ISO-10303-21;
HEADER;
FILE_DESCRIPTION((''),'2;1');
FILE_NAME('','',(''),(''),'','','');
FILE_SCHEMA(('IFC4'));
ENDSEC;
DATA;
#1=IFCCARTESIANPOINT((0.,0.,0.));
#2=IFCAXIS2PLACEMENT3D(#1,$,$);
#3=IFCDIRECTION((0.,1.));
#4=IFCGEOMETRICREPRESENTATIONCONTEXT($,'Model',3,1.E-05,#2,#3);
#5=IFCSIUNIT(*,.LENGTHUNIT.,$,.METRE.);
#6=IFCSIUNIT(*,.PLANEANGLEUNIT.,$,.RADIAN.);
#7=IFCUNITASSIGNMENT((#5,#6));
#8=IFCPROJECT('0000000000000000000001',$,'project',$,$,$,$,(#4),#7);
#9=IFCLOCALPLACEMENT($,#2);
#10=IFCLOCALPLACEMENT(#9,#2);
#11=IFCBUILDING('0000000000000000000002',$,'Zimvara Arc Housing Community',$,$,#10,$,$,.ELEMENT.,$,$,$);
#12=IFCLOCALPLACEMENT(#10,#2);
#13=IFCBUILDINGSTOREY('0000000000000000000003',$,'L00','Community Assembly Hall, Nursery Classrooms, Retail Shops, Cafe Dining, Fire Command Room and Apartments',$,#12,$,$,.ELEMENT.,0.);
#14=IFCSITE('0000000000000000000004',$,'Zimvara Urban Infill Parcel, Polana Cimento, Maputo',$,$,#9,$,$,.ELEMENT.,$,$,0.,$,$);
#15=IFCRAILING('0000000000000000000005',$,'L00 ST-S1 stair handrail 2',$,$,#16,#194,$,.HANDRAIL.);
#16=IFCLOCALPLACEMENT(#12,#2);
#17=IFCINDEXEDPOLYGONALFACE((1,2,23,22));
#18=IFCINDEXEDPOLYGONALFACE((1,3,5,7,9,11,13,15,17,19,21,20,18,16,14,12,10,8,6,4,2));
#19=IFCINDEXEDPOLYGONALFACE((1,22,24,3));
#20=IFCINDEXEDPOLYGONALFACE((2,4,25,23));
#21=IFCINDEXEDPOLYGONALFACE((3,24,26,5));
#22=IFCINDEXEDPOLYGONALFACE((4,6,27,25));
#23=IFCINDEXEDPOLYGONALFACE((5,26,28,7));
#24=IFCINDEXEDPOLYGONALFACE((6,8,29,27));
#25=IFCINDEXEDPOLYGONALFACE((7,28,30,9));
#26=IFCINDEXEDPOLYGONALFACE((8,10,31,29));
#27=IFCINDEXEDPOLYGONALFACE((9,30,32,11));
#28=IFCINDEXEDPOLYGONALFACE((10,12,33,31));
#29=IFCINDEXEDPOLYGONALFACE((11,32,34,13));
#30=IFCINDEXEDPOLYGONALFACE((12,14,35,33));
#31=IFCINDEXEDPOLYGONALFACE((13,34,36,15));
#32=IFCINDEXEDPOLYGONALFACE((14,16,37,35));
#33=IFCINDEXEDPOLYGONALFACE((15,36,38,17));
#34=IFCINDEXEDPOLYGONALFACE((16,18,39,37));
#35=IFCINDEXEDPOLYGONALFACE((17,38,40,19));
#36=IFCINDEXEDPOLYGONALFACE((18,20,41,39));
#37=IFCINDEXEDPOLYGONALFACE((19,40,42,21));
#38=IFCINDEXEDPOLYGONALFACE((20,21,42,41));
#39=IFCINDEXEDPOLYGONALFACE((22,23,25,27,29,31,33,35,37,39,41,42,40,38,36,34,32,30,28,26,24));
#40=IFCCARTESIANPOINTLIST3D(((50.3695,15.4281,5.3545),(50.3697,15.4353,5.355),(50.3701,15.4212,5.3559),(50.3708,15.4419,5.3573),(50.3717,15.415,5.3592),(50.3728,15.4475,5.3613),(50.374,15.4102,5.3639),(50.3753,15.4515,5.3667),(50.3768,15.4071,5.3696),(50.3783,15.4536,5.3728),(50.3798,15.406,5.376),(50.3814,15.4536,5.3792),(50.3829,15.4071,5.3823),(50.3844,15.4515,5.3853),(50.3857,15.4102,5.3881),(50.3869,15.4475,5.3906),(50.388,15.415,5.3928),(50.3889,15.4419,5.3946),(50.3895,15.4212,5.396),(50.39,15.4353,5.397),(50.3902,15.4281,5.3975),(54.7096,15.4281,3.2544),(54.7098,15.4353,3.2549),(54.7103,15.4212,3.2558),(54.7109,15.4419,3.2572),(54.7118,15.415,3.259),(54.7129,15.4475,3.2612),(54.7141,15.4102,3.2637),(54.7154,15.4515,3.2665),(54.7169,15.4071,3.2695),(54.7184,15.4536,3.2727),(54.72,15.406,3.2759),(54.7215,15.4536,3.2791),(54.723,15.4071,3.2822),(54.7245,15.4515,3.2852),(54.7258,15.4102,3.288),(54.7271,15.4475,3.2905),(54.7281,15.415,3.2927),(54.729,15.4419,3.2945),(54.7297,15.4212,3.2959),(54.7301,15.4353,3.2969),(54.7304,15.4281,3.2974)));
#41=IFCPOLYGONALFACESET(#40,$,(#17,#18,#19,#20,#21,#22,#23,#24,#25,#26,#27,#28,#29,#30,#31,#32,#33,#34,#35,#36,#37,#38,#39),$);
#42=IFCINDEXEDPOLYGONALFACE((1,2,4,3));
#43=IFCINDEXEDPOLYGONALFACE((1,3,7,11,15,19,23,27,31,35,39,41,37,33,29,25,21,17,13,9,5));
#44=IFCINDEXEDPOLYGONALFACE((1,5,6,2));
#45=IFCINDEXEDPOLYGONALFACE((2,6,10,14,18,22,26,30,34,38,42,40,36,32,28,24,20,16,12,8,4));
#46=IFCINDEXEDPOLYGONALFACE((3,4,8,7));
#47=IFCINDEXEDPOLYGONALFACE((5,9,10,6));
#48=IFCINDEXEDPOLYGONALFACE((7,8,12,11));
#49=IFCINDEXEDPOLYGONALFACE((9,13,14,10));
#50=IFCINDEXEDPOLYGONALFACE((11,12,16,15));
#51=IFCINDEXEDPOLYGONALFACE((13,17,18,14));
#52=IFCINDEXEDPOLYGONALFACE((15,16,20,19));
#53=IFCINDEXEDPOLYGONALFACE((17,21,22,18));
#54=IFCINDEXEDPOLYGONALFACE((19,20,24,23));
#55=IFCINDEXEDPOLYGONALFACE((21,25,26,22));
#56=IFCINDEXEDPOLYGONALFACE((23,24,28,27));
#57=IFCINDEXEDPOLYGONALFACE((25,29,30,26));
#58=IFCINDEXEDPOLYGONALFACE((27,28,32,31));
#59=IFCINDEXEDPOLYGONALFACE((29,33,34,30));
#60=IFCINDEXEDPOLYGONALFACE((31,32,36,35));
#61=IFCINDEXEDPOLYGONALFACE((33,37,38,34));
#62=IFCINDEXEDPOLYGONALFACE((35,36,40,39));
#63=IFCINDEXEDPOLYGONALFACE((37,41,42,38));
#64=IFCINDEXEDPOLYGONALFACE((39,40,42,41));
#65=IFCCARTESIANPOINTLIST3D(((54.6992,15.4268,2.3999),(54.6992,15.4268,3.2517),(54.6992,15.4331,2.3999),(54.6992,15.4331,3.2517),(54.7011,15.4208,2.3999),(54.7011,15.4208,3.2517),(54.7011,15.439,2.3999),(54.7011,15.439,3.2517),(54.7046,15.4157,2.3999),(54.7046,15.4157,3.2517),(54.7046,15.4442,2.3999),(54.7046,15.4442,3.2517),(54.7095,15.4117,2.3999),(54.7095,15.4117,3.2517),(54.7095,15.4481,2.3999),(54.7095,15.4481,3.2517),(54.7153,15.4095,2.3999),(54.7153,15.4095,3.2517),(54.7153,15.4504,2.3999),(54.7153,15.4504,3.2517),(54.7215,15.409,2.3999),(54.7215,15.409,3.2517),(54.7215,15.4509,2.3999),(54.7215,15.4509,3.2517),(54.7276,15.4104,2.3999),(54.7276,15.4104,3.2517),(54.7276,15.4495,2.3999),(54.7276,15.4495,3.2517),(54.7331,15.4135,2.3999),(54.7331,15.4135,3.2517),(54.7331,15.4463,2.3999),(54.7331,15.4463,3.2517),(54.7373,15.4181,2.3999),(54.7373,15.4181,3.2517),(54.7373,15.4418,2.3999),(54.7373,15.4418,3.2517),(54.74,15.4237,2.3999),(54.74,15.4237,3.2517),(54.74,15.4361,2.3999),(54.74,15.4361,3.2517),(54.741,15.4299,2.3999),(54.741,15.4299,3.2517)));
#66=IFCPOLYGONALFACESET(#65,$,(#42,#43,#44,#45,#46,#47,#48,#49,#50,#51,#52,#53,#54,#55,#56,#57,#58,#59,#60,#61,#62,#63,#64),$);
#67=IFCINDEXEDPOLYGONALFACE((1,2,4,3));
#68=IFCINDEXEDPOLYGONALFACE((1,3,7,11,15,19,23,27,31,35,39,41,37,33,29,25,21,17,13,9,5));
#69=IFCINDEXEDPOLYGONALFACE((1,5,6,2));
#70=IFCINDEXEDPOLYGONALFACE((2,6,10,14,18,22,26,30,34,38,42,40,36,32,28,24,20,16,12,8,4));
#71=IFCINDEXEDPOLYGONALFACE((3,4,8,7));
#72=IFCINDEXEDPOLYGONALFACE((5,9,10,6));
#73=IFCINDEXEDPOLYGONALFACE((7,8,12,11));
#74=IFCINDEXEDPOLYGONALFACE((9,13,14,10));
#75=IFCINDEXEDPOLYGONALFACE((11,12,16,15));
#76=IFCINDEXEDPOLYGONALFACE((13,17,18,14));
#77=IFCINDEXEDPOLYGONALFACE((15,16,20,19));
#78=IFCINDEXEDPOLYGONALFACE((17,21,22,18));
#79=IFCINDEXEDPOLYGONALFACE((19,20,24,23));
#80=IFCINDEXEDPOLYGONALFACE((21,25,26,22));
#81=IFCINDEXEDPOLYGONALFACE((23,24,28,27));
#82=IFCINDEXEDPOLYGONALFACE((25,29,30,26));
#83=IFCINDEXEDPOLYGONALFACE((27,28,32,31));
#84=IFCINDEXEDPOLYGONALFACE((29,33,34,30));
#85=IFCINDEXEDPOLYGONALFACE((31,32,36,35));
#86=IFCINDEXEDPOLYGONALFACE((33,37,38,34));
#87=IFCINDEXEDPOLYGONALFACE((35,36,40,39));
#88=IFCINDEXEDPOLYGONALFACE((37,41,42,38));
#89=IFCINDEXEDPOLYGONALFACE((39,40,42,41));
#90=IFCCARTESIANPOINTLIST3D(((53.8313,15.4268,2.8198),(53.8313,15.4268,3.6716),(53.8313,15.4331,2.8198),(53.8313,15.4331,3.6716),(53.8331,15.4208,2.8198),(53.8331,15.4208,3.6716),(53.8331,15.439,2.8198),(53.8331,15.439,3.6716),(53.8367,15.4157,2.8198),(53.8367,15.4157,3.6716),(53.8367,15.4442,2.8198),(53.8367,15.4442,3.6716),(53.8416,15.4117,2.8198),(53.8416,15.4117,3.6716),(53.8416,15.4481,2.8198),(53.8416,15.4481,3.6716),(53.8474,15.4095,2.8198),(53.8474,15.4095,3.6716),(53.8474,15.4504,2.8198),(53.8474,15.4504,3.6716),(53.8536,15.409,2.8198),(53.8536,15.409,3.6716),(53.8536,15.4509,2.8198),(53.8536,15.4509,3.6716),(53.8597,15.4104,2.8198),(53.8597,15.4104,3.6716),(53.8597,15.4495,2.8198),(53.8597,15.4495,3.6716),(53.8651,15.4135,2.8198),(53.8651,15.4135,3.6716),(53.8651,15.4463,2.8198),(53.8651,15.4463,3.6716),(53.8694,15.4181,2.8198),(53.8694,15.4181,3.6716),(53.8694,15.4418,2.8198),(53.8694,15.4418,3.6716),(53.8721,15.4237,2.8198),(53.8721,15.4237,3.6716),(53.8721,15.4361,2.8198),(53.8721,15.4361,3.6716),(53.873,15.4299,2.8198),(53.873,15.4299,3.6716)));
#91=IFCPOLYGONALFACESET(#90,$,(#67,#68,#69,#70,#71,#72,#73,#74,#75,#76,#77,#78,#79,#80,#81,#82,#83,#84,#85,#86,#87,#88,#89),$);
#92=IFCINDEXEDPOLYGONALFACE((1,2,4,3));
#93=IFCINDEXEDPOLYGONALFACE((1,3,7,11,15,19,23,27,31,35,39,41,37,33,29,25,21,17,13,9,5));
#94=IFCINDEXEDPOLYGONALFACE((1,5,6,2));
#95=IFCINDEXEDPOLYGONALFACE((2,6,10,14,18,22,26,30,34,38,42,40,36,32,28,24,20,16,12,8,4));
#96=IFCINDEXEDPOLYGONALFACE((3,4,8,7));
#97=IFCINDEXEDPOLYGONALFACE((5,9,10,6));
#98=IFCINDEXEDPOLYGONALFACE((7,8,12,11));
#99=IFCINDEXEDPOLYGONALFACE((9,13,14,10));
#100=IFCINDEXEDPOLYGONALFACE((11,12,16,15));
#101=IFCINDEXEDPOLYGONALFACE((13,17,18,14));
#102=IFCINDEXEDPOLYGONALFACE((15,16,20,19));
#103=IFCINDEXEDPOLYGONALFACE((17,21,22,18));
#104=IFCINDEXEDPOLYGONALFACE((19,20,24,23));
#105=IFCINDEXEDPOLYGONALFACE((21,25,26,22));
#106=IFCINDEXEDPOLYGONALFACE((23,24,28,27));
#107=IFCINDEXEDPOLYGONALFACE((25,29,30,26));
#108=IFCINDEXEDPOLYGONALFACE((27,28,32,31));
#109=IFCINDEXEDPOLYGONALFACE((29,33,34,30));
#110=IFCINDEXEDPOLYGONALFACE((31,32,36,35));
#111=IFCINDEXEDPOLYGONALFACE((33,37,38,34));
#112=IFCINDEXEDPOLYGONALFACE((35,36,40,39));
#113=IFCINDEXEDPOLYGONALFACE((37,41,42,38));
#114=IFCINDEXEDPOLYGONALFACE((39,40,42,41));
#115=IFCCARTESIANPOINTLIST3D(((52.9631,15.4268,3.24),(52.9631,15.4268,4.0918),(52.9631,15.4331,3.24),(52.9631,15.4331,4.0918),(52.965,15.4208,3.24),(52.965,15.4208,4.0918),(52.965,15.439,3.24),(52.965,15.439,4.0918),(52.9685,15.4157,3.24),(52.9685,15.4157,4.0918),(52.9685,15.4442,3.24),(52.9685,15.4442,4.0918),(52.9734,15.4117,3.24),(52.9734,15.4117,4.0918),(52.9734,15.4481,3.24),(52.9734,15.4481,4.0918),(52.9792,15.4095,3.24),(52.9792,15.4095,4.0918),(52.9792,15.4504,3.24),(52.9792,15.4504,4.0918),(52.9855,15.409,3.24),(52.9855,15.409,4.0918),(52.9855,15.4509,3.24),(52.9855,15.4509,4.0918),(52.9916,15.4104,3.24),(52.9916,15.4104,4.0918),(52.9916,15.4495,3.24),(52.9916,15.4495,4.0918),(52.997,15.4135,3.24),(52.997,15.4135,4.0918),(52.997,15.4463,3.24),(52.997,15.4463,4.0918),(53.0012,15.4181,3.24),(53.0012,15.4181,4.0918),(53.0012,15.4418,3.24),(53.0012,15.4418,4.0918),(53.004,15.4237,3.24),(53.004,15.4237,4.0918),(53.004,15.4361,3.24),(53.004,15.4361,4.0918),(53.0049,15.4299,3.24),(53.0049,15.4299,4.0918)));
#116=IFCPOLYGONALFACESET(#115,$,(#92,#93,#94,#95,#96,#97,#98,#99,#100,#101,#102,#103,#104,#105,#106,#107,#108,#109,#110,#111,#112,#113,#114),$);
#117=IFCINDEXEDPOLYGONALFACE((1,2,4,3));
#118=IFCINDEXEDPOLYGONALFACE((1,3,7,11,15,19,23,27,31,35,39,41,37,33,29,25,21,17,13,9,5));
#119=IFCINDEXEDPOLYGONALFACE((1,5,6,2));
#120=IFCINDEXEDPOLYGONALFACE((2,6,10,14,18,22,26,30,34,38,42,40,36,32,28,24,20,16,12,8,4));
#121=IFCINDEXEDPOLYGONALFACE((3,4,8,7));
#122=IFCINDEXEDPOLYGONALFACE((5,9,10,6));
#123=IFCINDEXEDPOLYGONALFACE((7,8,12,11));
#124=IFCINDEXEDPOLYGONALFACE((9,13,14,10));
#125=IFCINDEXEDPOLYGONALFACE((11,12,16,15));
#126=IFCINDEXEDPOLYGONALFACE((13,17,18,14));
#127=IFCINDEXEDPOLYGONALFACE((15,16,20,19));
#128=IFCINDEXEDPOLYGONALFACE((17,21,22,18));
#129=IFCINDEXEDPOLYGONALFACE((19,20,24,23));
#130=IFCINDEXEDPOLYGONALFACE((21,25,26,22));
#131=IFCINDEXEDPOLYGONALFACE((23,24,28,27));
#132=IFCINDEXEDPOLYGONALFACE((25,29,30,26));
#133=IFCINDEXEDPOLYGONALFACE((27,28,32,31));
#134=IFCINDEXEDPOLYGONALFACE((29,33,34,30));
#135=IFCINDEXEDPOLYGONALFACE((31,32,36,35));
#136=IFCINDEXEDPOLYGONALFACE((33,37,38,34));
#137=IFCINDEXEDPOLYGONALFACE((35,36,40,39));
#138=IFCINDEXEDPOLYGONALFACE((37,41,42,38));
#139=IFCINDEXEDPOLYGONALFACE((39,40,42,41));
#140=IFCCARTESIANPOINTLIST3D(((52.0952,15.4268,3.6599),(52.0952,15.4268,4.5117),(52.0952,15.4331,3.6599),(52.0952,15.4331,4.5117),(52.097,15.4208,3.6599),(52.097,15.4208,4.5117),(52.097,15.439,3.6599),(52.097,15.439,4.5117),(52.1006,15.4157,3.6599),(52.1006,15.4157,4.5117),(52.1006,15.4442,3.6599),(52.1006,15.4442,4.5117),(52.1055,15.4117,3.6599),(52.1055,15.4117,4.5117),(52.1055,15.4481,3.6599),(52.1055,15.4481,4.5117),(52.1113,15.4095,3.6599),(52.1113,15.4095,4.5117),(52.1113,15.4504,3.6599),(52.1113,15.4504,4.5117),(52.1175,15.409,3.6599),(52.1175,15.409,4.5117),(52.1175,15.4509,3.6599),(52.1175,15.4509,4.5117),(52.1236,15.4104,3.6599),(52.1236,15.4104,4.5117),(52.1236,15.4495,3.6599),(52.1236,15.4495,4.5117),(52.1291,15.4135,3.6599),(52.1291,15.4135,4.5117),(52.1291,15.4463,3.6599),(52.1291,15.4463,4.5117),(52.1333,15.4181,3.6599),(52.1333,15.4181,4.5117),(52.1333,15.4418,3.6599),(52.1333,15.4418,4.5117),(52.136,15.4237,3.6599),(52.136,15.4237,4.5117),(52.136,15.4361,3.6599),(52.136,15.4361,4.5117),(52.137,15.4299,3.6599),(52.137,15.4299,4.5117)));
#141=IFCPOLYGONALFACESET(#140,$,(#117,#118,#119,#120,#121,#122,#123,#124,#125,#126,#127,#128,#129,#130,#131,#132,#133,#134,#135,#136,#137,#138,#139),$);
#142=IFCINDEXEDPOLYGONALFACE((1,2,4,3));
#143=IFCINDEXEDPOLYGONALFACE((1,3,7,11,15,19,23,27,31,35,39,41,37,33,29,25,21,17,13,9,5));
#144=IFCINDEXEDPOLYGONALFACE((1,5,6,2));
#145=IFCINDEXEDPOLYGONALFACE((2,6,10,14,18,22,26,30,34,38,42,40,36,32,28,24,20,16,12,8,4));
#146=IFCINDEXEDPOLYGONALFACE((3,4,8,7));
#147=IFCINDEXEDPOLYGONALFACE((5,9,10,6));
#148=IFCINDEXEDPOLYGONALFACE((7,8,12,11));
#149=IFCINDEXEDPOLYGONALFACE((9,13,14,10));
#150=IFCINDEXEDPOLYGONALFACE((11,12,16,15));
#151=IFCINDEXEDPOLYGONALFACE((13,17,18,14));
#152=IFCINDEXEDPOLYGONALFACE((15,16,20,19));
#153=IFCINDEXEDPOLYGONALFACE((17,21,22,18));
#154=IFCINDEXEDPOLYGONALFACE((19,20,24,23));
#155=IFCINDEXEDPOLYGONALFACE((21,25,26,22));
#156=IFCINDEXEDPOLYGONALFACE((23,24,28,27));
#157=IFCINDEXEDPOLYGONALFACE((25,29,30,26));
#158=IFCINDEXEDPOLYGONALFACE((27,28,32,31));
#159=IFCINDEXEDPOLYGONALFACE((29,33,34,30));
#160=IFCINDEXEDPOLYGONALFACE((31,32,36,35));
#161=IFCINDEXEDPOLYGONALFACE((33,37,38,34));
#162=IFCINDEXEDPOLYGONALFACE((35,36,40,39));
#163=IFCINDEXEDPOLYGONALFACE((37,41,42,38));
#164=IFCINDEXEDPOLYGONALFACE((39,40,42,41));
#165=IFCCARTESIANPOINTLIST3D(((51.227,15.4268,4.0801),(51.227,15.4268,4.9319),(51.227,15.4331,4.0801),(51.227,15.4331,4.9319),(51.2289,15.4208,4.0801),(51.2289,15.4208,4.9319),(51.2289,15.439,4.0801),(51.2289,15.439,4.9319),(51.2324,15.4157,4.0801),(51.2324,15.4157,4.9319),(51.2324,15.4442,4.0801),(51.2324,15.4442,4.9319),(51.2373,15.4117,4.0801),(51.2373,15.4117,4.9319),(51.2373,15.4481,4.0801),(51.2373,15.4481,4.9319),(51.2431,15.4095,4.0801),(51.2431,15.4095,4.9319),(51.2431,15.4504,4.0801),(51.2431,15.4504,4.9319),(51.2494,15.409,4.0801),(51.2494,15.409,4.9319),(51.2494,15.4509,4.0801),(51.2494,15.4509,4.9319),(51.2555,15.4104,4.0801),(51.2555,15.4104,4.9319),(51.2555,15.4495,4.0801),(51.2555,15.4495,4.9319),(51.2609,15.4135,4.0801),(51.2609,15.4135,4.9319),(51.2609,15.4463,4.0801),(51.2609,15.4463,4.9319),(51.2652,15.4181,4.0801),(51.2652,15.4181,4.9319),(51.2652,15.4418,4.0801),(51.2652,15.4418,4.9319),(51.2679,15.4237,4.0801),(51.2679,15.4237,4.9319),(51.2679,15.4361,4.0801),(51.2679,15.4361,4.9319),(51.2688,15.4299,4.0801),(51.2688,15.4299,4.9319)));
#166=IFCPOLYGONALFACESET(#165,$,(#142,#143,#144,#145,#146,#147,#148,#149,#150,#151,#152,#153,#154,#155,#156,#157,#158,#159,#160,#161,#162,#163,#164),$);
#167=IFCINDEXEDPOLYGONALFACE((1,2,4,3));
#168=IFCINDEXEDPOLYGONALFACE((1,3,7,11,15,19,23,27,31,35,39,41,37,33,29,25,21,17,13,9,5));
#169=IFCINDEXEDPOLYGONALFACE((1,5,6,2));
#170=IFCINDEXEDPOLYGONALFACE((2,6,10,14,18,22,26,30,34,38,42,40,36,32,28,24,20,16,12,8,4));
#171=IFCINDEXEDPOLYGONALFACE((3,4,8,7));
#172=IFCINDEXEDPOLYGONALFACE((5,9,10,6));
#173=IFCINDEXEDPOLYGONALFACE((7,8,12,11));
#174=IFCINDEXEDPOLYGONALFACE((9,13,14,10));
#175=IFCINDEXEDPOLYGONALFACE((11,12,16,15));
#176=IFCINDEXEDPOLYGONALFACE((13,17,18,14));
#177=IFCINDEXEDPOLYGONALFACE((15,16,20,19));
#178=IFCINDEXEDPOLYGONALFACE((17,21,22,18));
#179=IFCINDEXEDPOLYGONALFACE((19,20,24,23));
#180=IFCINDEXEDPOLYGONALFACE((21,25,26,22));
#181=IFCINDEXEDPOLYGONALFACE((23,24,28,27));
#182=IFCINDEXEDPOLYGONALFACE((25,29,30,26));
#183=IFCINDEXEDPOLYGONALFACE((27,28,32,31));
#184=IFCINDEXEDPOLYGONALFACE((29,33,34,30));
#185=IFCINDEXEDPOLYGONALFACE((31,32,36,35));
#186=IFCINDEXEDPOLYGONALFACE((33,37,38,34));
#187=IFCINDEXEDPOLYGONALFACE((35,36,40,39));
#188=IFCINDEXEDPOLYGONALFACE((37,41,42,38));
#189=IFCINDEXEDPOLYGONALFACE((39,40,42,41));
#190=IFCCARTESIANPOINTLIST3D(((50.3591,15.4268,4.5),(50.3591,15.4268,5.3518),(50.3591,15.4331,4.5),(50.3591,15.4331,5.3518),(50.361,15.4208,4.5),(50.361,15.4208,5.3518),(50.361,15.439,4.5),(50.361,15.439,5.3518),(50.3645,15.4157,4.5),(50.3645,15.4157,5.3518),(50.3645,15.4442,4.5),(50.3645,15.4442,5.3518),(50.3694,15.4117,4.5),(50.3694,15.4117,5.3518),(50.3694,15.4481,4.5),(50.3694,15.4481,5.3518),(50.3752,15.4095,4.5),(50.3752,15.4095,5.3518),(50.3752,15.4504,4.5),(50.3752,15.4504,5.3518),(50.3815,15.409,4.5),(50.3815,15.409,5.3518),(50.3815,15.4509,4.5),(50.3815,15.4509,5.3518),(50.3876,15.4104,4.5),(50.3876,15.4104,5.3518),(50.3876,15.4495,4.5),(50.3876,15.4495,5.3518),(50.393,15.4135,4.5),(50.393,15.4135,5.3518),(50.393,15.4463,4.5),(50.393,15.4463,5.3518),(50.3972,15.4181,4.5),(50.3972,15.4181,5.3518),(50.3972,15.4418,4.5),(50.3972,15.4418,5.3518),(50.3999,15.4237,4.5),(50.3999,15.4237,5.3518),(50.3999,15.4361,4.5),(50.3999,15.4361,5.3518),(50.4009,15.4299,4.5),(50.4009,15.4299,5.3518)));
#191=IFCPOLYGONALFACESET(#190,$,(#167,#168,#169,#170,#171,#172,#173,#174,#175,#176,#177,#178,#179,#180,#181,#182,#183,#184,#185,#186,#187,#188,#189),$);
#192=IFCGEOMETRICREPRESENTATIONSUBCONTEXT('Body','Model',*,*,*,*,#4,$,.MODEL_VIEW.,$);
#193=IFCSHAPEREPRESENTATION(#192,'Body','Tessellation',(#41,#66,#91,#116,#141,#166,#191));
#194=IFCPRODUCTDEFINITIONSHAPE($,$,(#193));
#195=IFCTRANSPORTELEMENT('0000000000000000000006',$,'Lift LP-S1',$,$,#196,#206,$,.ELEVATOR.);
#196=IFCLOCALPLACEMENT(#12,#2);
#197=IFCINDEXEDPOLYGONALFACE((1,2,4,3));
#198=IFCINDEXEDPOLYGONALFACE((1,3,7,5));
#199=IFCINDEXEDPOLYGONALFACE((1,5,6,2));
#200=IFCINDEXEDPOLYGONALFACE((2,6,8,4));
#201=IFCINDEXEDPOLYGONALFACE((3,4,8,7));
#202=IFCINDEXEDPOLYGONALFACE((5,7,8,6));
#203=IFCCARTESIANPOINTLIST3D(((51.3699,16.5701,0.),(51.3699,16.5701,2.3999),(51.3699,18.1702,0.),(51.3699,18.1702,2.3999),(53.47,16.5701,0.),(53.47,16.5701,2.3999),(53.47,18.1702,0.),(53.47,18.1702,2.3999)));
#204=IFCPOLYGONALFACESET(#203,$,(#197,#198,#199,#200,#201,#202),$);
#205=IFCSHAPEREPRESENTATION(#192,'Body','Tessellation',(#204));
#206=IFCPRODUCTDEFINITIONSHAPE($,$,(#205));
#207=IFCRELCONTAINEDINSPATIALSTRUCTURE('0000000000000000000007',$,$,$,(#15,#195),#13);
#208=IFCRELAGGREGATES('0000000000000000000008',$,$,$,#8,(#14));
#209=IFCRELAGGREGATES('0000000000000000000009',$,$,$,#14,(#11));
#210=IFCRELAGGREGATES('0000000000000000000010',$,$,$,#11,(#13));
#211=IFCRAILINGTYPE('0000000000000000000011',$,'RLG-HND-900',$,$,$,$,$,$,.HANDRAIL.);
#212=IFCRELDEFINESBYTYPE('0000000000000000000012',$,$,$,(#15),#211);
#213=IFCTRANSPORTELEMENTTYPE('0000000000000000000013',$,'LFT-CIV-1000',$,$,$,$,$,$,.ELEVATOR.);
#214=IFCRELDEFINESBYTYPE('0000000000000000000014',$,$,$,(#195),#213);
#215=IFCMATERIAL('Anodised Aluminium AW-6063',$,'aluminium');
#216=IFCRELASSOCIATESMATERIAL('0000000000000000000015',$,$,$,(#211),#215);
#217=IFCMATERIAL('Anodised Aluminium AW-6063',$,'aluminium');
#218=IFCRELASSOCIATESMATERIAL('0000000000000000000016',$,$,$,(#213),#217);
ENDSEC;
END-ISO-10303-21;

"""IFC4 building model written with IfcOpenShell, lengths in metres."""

from ifc_helpers import new_model, si_unit, direction, frame, origin, origin_2d, place, context, subcontext, project, spatial, rectangle, circle, extrude, material, type_object, element, save


model = new_model("IFC4")

# Units and contexts
model_context = context("Model", 3, precision=1e-05, world=origin(), true_north=direction((0.0, 1.0)))
body_context = subcontext(model_context, "Body", "Model", "MODEL_VIEW")
ifc_project = project(units=[si_unit("LENGTHUNIT", "METRE"), si_unit("PLANEANGLEUNIT", "RADIAN")], contexts=[model_context])

# Site, building, storey
site_placement = place(None, origin())
site = spatial("IfcSite", under=ifc_project, at=site_placement, Name="Zimvara Urban Infill Parcel, Polana Cimento, Maputo", CompositionType="ELEMENT", RefElevation=0.0)
building_placement = place(site_placement, origin())
building = spatial("IfcBuilding", under=site, at=building_placement, Name="Zimvara Arc Housing Community", CompositionType="ELEMENT")
storey_placement = place(building_placement, origin())
storey = spatial("IfcBuildingStorey", under=building, at=storey_placement, Name="L00", Description="Community Assembly Hall, Nursery Classrooms, Retail Shops, Cafe Dining, Fire Command Room and Apartments", CompositionType="ELEMENT", Elevation=0.0)

# Railing
ifc_material_1 = material(Name="Anodised Aluminium AW-6063", Category="aluminium")
railing_type_1 = type_object("IfcRailingType", Name="RLG-HND-900", PredefinedType="HANDRAIL", material=ifc_material_1)
railing_1_placement = place(storey_placement, frame((54.72, 15.4299, 2.3999)))
element("IfcRailing", 1, at=railing_1_placement, inside=storey, type_object=railing_type_1, Name="L00 ST-S1 stair handrail 2", PredefinedType="HANDRAIL", context=body_context, shape_type="SweptSolid", body=[
    extrude(circle(Radius=0.0239, at=origin_2d()), frame((0.0, 0.0, 0.876), z_axis=(-0.900155, 0.0, 0.43557), x_axis=(0.0, -1.0, 0.0)), (0.0, 0.0, 1.0), 4.8215),
    extrude(circle(Radius=0.021, at=origin_2d()), origin(), (0.0, 0.0, 1.0), 0.8518),
    extrude(circle(Radius=0.021, at=origin_2d()), frame((-0.8679, 0.0, 0.4199)), (0.0, 0.0, 1.0), 0.8518),
    extrude(circle(Radius=0.021, at=origin_2d()), frame((-1.7361, 0.0, 0.8401)), (0.0, 0.0, 1.0), 0.8518),
    extrude(circle(Radius=0.021, at=origin_2d()), frame((-2.604, 0.0, 1.26)), (0.0, 0.0, 1.0), 0.8518),
    extrude(circle(Radius=0.021, at=origin_2d()), frame((-3.4722, 0.0, 1.6802)), (0.0, 0.0, 1.0), 0.8518),
    extrude(circle(Radius=0.021, at=origin_2d()), frame((-4.3401, 0.0, 2.1001)), (0.0, 0.0, 1.0), 0.8518),
])

# Transport element
ifc_material_2 = material(Name="Anodised Aluminium AW-6063", Category="aluminium")
transport_element_type = type_object("IfcTransportElementType", Name="LFT-CIV-1000", PredefinedType="ELEVATOR", material=ifc_material_2)
transport_element_placement = place(storey_placement, frame((52.4199, 17.3701, 0.0), z_axis=(0.0, 0.0, 1.0), x_axis=(1.0, 0.0, 0.0)))
element("IfcTransportElement", 2, at=transport_element_placement, inside=storey, type_object=transport_element_type, Name="Lift LP-S1", PredefinedType="ELEVATOR", context=body_context, shape_type="SweptSolid", body=[
    extrude(rectangle(XDim=2.1001, YDim=1.6001, at=origin_2d()), origin(), (0.0, 0.0, 1.0), 2.3999),
])

save(model, "model.ifc")
